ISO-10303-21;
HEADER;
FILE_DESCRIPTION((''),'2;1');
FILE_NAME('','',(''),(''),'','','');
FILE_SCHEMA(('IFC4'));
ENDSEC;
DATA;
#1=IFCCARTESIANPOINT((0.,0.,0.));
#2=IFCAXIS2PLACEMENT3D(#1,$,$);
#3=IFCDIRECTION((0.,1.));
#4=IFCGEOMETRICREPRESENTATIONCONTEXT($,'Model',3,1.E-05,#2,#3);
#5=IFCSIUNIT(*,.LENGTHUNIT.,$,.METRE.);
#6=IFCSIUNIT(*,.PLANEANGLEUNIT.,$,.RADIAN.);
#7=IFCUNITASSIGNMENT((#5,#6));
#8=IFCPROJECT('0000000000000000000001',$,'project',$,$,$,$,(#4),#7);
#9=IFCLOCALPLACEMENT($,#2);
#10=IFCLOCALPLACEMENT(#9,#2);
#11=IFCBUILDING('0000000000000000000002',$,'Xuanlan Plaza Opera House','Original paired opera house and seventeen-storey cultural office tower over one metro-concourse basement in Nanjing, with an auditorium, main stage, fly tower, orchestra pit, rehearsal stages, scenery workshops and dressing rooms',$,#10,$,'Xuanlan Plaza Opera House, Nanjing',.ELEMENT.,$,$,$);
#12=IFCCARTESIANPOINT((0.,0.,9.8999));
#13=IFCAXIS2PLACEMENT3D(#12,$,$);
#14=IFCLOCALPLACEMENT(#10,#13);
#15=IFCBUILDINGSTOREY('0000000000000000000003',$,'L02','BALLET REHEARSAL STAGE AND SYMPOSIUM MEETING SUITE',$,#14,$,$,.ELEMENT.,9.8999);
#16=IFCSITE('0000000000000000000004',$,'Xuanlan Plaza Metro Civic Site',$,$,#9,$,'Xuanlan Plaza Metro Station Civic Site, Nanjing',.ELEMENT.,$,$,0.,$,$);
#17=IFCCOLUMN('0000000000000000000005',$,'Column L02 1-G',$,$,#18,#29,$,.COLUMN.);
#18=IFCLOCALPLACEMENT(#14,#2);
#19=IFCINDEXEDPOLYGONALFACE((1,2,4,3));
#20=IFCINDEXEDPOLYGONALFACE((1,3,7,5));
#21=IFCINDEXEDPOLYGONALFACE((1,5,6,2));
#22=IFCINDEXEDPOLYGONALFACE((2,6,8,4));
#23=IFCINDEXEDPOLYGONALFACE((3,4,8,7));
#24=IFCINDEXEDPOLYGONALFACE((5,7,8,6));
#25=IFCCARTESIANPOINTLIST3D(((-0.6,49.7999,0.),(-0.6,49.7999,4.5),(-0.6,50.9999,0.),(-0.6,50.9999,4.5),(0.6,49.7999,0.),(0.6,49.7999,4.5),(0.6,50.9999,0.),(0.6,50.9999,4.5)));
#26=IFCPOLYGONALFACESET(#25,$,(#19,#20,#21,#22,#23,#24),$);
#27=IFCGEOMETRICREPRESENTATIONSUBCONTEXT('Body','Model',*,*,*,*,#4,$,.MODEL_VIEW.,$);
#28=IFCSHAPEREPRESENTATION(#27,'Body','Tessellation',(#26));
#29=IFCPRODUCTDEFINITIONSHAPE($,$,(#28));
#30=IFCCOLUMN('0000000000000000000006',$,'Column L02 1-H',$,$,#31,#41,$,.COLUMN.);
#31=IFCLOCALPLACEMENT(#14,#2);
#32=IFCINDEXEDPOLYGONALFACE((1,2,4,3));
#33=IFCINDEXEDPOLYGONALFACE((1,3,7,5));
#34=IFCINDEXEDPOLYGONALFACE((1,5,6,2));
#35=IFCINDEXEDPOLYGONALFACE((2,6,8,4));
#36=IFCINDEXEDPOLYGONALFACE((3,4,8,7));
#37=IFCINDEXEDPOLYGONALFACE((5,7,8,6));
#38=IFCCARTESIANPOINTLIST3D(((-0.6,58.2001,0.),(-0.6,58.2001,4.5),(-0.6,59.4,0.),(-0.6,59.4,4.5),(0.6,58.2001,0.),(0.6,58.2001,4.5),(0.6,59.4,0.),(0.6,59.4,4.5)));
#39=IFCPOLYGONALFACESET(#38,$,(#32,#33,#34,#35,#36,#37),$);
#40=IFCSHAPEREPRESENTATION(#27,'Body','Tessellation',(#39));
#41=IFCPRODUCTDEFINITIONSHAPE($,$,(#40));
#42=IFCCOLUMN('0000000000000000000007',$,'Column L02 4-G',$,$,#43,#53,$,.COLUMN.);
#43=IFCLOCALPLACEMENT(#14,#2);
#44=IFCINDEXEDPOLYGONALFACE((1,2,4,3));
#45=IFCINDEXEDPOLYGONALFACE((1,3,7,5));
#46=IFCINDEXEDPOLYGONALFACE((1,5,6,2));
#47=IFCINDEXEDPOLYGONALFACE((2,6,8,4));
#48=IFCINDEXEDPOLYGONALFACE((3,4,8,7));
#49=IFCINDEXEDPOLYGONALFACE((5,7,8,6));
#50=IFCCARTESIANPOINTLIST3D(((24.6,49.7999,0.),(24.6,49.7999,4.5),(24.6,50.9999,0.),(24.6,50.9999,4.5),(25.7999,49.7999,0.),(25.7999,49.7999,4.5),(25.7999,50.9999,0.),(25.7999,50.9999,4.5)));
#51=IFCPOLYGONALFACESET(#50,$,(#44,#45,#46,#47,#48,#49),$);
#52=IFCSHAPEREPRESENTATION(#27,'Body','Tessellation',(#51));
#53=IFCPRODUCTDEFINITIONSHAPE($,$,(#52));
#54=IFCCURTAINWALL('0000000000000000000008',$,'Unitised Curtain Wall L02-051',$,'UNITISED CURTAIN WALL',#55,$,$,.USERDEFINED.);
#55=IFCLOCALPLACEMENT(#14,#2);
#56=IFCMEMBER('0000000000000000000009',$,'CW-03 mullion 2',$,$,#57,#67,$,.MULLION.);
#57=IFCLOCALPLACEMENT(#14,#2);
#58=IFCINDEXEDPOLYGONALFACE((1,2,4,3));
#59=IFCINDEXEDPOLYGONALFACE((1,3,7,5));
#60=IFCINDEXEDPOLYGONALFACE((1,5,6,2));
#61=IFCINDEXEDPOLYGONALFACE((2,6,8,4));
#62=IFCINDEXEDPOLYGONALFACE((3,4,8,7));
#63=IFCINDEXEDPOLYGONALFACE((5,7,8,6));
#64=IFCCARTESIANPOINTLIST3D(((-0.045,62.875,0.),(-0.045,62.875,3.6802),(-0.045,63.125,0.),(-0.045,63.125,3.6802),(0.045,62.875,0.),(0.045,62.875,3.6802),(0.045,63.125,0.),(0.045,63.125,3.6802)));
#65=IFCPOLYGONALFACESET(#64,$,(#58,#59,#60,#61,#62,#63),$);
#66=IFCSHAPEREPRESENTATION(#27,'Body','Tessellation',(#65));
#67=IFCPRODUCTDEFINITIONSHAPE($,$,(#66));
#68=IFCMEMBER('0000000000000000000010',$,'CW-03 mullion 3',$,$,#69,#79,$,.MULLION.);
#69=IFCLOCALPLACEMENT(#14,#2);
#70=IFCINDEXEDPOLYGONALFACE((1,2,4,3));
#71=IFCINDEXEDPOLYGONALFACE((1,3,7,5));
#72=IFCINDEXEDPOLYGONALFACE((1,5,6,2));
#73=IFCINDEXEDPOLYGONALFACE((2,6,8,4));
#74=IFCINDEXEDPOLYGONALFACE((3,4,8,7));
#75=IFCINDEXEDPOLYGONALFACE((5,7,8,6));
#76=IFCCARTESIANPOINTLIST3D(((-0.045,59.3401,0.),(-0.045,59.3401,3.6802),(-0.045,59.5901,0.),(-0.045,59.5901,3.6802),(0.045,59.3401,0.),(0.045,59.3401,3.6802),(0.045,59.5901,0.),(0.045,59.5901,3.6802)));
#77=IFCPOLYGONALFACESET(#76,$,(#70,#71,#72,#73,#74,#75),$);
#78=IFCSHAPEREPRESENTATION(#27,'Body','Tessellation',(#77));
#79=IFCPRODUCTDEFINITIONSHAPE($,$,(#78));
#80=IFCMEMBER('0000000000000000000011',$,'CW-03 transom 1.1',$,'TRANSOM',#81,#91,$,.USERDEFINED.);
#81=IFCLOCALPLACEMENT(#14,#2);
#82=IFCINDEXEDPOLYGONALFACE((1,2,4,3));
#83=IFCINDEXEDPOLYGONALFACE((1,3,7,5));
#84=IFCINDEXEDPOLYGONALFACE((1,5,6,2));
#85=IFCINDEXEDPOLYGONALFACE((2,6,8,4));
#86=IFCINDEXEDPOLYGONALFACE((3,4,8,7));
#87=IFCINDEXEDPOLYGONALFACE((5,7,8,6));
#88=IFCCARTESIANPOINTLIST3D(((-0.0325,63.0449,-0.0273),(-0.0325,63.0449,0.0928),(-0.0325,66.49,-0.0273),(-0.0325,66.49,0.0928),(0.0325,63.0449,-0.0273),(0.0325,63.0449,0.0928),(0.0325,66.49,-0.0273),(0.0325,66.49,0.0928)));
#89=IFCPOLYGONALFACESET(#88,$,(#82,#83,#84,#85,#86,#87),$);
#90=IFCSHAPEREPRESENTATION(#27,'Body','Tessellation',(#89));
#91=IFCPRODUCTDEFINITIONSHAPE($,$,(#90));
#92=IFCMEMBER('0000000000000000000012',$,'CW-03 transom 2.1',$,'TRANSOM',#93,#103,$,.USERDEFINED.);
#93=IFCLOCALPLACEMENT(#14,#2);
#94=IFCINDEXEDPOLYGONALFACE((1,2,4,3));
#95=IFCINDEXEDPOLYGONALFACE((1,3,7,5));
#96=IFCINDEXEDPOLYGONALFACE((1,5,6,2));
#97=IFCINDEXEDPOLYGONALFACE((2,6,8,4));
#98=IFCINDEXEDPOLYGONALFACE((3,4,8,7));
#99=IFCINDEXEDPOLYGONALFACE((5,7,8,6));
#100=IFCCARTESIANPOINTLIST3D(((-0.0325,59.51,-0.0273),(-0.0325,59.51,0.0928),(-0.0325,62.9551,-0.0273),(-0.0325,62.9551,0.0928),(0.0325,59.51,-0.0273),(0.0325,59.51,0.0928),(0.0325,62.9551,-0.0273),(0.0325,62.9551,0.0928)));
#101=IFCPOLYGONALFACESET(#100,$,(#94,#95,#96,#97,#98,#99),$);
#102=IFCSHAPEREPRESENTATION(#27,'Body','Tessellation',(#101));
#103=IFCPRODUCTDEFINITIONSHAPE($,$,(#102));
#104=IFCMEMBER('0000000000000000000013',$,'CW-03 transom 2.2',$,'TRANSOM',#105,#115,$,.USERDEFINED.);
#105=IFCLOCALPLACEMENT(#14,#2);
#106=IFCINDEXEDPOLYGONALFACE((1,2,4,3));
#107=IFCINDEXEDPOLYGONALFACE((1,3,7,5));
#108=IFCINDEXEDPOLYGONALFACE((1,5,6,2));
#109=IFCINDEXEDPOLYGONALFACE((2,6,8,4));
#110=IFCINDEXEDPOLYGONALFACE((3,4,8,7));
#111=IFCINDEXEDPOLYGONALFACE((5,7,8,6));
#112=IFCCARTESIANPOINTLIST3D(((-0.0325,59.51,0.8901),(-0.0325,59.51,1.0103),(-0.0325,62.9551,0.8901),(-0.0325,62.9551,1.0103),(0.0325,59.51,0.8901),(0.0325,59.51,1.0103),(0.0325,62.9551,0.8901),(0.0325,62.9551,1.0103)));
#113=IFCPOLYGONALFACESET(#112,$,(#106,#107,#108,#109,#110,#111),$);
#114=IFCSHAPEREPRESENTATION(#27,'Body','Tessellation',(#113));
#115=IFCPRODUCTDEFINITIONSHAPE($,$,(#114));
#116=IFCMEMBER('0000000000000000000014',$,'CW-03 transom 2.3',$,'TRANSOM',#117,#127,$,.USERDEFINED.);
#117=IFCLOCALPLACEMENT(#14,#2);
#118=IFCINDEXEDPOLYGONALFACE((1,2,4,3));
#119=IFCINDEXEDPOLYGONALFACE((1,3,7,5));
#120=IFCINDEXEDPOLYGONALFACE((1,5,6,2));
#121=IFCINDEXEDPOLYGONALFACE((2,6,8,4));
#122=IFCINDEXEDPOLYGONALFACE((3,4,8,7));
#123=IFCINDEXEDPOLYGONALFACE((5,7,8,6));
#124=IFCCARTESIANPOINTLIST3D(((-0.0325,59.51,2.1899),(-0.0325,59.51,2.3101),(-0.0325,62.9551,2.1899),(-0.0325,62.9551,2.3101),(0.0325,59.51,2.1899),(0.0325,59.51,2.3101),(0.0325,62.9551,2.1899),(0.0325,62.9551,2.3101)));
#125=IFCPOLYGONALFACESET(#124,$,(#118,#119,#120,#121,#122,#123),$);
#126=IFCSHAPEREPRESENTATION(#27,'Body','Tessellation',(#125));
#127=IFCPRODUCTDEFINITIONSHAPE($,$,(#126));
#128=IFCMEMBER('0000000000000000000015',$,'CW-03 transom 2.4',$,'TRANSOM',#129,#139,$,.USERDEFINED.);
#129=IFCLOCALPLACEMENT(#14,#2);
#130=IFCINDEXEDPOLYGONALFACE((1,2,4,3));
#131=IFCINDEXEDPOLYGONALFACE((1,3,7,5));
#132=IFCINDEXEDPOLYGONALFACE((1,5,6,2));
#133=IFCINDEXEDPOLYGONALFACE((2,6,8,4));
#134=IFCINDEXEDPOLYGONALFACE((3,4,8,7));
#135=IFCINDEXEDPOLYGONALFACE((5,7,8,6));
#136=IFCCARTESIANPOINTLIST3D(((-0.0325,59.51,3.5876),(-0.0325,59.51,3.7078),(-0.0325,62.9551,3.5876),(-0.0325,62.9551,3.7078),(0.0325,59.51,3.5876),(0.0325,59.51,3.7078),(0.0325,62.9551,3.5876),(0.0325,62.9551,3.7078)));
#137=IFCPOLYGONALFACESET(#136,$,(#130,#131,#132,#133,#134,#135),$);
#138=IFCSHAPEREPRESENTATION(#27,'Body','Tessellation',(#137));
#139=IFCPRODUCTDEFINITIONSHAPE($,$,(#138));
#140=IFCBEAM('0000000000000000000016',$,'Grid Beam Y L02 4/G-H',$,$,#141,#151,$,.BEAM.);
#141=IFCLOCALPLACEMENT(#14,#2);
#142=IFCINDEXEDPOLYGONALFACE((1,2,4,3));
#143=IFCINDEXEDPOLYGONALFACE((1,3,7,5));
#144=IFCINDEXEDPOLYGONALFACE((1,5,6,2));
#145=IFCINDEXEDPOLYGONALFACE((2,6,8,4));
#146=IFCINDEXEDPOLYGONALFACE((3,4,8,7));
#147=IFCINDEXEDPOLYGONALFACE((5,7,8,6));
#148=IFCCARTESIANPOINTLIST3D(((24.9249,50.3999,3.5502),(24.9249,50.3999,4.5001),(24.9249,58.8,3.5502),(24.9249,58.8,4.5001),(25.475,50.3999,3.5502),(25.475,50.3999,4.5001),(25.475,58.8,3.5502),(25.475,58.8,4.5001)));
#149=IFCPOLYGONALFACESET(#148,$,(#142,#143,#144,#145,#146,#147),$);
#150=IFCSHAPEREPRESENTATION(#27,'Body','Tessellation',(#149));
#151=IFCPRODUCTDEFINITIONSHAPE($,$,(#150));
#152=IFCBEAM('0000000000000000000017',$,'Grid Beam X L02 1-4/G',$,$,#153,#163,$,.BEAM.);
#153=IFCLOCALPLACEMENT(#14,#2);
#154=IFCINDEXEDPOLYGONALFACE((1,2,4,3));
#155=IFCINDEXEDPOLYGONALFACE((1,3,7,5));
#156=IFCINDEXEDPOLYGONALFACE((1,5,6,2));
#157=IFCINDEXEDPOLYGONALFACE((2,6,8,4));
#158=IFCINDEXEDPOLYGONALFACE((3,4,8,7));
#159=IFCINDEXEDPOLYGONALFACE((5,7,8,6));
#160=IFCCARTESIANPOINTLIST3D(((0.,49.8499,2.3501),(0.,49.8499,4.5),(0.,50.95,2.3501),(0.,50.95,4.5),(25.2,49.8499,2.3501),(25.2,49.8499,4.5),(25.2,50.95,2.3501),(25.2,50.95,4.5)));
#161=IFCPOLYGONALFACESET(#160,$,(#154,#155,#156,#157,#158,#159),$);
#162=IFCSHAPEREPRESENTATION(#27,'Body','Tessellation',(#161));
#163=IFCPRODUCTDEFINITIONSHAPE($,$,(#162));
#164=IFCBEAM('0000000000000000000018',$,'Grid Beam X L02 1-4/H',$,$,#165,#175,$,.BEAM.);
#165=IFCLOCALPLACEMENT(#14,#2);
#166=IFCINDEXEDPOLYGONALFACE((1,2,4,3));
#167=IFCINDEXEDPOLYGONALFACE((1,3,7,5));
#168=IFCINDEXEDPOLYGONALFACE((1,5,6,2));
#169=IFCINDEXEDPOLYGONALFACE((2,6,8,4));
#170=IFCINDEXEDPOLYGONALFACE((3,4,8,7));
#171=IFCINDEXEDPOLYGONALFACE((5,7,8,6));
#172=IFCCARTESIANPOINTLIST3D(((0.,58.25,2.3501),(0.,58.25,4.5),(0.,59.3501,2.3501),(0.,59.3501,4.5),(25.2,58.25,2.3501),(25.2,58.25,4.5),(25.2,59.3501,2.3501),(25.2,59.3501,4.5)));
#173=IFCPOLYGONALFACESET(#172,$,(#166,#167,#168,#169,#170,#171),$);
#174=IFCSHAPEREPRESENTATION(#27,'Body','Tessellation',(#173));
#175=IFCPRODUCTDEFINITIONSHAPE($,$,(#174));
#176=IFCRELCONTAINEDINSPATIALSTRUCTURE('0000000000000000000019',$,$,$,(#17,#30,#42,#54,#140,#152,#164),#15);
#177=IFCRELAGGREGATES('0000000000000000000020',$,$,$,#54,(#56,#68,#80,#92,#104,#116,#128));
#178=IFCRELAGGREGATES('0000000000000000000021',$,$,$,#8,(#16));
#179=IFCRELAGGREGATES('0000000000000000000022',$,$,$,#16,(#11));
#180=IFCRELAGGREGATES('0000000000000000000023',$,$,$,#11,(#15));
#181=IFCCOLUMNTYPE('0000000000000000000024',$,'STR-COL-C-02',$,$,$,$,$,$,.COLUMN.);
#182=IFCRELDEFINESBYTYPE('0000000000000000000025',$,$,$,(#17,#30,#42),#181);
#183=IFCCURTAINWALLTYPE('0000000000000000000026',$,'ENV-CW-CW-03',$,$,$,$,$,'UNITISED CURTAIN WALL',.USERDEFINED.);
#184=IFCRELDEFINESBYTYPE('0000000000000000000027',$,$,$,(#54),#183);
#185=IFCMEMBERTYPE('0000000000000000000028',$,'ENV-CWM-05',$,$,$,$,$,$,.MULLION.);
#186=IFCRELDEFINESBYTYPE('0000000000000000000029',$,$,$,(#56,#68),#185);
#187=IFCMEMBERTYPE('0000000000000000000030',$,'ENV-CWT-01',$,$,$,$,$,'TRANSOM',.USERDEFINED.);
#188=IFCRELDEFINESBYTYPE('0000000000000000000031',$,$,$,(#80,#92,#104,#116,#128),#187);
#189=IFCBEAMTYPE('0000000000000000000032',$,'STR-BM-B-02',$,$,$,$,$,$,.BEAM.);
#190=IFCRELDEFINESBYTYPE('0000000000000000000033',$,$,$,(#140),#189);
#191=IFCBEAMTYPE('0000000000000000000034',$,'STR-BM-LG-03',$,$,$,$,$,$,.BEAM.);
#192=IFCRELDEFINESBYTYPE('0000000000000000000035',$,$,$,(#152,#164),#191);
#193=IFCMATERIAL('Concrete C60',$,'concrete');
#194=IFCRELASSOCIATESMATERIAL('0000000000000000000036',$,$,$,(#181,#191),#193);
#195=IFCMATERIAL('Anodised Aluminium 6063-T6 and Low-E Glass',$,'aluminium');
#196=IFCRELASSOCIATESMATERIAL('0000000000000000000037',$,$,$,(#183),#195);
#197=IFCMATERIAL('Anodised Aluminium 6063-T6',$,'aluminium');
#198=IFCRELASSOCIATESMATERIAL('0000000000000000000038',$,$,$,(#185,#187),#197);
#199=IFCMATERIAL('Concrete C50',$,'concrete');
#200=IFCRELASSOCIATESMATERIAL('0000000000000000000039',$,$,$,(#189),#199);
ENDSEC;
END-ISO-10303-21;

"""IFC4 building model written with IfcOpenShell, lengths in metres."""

from ifc_helpers import new_model, si_unit, direction, frame, origin, origin_2d, place, context, subcontext, project, spatial, rectangle, extrude, material, material_profile, profile_set, type_object, element, aggregate, save


model = new_model("IFC4")

# Units and contexts
model_context = context("Model", 3, precision=1e-05, world=origin(), true_north=direction((0.0, 1.0)))
body_context = subcontext(model_context, "Body", "Model", "MODEL_VIEW")
ifc_project = project(units=[si_unit("LENGTHUNIT", "METRE"), si_unit("PLANEANGLEUNIT", "RADIAN")], contexts=[model_context])

# Site, building, storey
site_placement = place(None, origin())
site = spatial("IfcSite", under=ifc_project, at=site_placement, Name="Xuanlan Plaza Metro Civic Site", LongName="Xuanlan Plaza Metro Station Civic Site, Nanjing", CompositionType="ELEMENT", RefElevation=0.0)
building_placement = place(site_placement, origin())
building = spatial("IfcBuilding", under=site, at=building_placement, Name="Xuanlan Plaza Opera House", Description="Original paired opera house and seventeen-storey cultural office tower over one metro-concourse basement in Nanjing, with an auditorium, main stage, fly tower, orchestra pit, rehearsal stages, scenery workshops and dressing rooms", LongName="Xuanlan Plaza Opera House, Nanjing", CompositionType="ELEMENT")
storey_placement = place(building_placement, frame((0.0, 0.0, 9.8999)))
storey = spatial("IfcBuildingStorey", under=building, at=storey_placement, Name="L02", Description="BALLET REHEARSAL STAGE AND SYMPOSIUM MEETING SUITE", CompositionType="ELEMENT", Elevation=9.8999)

# Columns
ifc_material_1 = material(Name="Concrete C60", Category="concrete")
ifc_material_profile_1 = material_profile(ifc_material_1, rectangle(XDim=1.2, YDim=1.2, at=origin_2d()), Name="RC-COL 1200x1200")
ifc_profile_set_1 = profile_set([ifc_material_profile_1], Name="Concrete C60")
column_type = type_object("IfcColumnType", Name="STR-COL-C-02", PredefinedType="COLUMN", material=ifc_profile_set_1)
for number, where, z_axis, x_axis, name in (
    (1, (0.0, 50.3999, 0.0), (0.0, 0.0, 1.0), (1.0, 0.0, 0.0), "Column L02 1-G"),
    (2, (0.0, 58.8, 0.0), (0.0, 0.0, 1.0), (1.0, 0.0, 0.0), "Column L02 1-H"),
    (3, (25.2, 50.3999, 0.0), (0.0, 0.0, 1.0), (1.0, 0.0, 0.0), "Column L02 4-G"),
):
    element("IfcColumn", number, at=place(storey_placement, frame(where, z_axis=z_axis, x_axis=x_axis)), inside=storey, type_object=column_type, Name=name, PredefinedType="COLUMN", context=body_context, shape_type="SweptSolid", body=[
        extrude(rectangle(XDim=1.2, YDim=1.2, at=origin_2d()), origin(), (0.0, 0.0, 1.0), 4.5),
    ])

# Curtain wall, members
ifc_material_2 = material(Name="Anodised Aluminium 6063-T6 and Low-E Glass", Category="aluminium")
curtain_wall_type = type_object("IfcCurtainWallType", Name="ENV-CW-CW-03", ElementType="UNITISED CURTAIN WALL", PredefinedType="USERDEFINED", material=ifc_material_2)
curtain_wall_placement = place(storey_placement, origin())
curtain_wall = element("IfcCurtainWall", 4, at=curtain_wall_placement, inside=storey, type_object=curtain_wall_type, Name="Unitised Curtain Wall L02-051", ObjectType="UNITISED CURTAIN WALL", PredefinedType="USERDEFINED")
ifc_material_3 = material(Name="Anodised Aluminium 6063-T6", Category="aluminium")
ifc_material_profile_2 = material_profile(ifc_material_3, rectangle(XDim=0.0901, YDim=0.25, at=origin_2d()), Name="ALU-M 90x250")
ifc_profile_set_2 = profile_set([ifc_material_profile_2], Name="Anodised Aluminium 6063-T6")
member_type_1 = type_object("IfcMemberType", Name="ENV-CWM-05", PredefinedType="MULLION", material=ifc_profile_set_2)
member_1_placement = place(storey_placement, frame((0.0, 63.0, 0.0), z_axis=(0.0, 0.0, 1.0), x_axis=(1.0, 0.0, 0.0)))
member_1 = element("IfcMember", 5, at=member_1_placement, type_object=member_type_1, Name="CW-03 mullion 2", PredefinedType="MULLION", context=body_context, shape_type="SweptSolid", body=[
    extrude(rectangle(XDim=0.0901, YDim=0.25, at=origin_2d()), origin(), (0.0, 0.0, 1.0), 3.6802),
])
member_2_placement = place(storey_placement, frame((0.0, 59.4651, 0.0), z_axis=(0.0, 0.0, 1.0), x_axis=(1.0, 0.0, 0.0)))
member_2 = element("IfcMember", 6, at=member_2_placement, type_object=member_type_1, Name="CW-03 mullion 3", PredefinedType="MULLION", context=body_context, shape_type="SweptSolid", body=[
    extrude(rectangle(XDim=0.0901, YDim=0.25, at=origin_2d()), origin(), (0.0, 0.0, 1.0), 3.6802),
])
ifc_material_profile_3 = material_profile(ifc_material_3, rectangle(XDim=0.0649, YDim=0.1201, at=origin_2d()), Name="ALU-T 65x120")
ifc_profile_set_3 = profile_set([ifc_material_profile_3], Name="Anodised Aluminium 6063-T6")
member_type_2 = type_object("IfcMemberType", Name="ENV-CWT-01", ElementType="TRANSOM", PredefinedType="USERDEFINED", material=ifc_profile_set_3)
member_3_placement = place(storey_placement, frame((0.0, 66.49, 0.0327), z_axis=(0.0, -1.0, 0.0), x_axis=(1.0, 0.0, 0.0)))
member_3 = element("IfcMember", 7, at=member_3_placement, type_object=member_type_2, Name="CW-03 transom 1.1", ObjectType="TRANSOM", PredefinedType="USERDEFINED", context=body_context, shape_type="SweptSolid", body=[
    extrude(rectangle(XDim=0.0649, YDim=0.1201, at=origin_2d()), origin(), (0.0, 0.0, 1.0), 3.4451),
])
member_4_placement = place(storey_placement, frame((0.0, 62.9551, 0.0327), z_axis=(0.0, -1.0, 0.0), x_axis=(1.0, 0.0, 0.0)))
member_4 = element("IfcMember", 8, at=member_4_placement, type_object=member_type_2, Name="CW-03 transom 2.1", ObjectType="TRANSOM", PredefinedType="USERDEFINED", context=body_context, shape_type="SweptSolid", body=[
    extrude(rectangle(XDim=0.0649, YDim=0.1201, at=origin_2d()), origin(), (0.0, 0.0, 1.0), 3.4451),
])
member_5_placement = place(storey_placement, frame((0.0, 62.9551, 0.9502), z_axis=(0.0, -1.0, 0.0), x_axis=(1.0, 0.0, 0.0)))
member_5 = element("IfcMember", 9, at=member_5_placement, type_object=member_type_2, Name="CW-03 transom 2.2", ObjectType="TRANSOM", PredefinedType="USERDEFINED", context=body_context, shape_type="SweptSolid", body=[
    extrude(rectangle(XDim=0.0649, YDim=0.1201, at=origin_2d()), origin(), (0.0, 0.0, 1.0), 3.4451),
])
member_6_placement = place(storey_placement, frame((0.0, 62.9551, 2.25), z_axis=(0.0, -1.0, 0.0), x_axis=(1.0, 0.0, 0.0)))
member_6 = element("IfcMember", 10, at=member_6_placement, type_object=member_type_2, Name="CW-03 transom 2.3", ObjectType="TRANSOM", PredefinedType="USERDEFINED", context=body_context, shape_type="SweptSolid", body=[
    extrude(rectangle(XDim=0.0649, YDim=0.1201, at=origin_2d()), origin(), (0.0, 0.0, 1.0), 3.4451),
])
member_7_placement = place(storey_placement, frame((0.0, 62.9551, 3.6477), z_axis=(0.0, -1.0, 0.0), x_axis=(1.0, 0.0, 0.0)))
member_7 = element("IfcMember", 11, at=member_7_placement, type_object=member_type_2, Name="CW-03 transom 2.4", ObjectType="TRANSOM", PredefinedType="USERDEFINED", context=body_context, shape_type="SweptSolid", body=[
    extrude(rectangle(XDim=0.0649, YDim=0.1201, at=origin_2d()), origin(), (0.0, 0.0, 1.0), 3.4451),
])

# Beams
ifc_material_4 = material(Name="Concrete C50", Category="concrete")
ifc_material_profile_4 = material_profile(ifc_material_4, rectangle(XDim=0.55, YDim=0.95, at=origin_2d()), Name="RC-BM 550x950")
ifc_profile_set_4 = profile_set([ifc_material_profile_4], Name="Concrete C50")
beam_type_1 = type_object("IfcBeamType", Name="STR-BM-B-02", PredefinedType="BEAM", material=ifc_profile_set_4)
beam_1_placement = place(storey_placement, frame((25.2, 50.3999, 4.0251), z_axis=(0.0, 1.0, 0.0), x_axis=(-1.0, 0.0, 0.0)))
element("IfcBeam", 12, at=beam_1_placement, inside=storey, type_object=beam_type_1, Name="Grid Beam Y L02 4/G-H", PredefinedType="BEAM", context=body_context, shape_type="SweptSolid", body=[
    extrude(rectangle(XDim=0.55, YDim=0.95, at=origin_2d()), origin(), (0.0, 0.0, 1.0), 8.4001),
])
ifc_material_profile_5 = material_profile(ifc_material_1, rectangle(XDim=1.1001, YDim=2.1499, at=origin_2d()), Name="RC-TG 1100x2150")
ifc_profile_set_5 = profile_set([ifc_material_profile_5], Name="Concrete C60")
beam_type_2 = type_object("IfcBeamType", Name="STR-BM-LG-03", PredefinedType="BEAM", material=ifc_profile_set_5)
for number, where, z_axis, x_axis, name in (
    (13, (0.0, 50.3999, 3.425), (1.0, 0.0, 0.0), (0.0, 1.0, 0.0), "Grid Beam X L02 1-4/G"),
    (14, (0.0, 58.8, 3.425), (1.0, 0.0, 0.0), (0.0, 1.0, 0.0), "Grid Beam X L02 1-4/H"),
):
    element("IfcBeam", number, at=place(storey_placement, frame(where, z_axis=z_axis, x_axis=x_axis)), inside=storey, type_object=beam_type_2, Name=name, PredefinedType="BEAM", context=body_context, shape_type="SweptSolid", body=[
        extrude(rectangle(XDim=1.1001, YDim=2.1499, at=origin_2d()), origin(), (0.0, 0.0, 1.0), 25.2),
    ])

aggregate(curtain_wall, [member_1, member_2, member_3, member_4, member_5, member_6, member_7])

save(model, "model.ifc")
